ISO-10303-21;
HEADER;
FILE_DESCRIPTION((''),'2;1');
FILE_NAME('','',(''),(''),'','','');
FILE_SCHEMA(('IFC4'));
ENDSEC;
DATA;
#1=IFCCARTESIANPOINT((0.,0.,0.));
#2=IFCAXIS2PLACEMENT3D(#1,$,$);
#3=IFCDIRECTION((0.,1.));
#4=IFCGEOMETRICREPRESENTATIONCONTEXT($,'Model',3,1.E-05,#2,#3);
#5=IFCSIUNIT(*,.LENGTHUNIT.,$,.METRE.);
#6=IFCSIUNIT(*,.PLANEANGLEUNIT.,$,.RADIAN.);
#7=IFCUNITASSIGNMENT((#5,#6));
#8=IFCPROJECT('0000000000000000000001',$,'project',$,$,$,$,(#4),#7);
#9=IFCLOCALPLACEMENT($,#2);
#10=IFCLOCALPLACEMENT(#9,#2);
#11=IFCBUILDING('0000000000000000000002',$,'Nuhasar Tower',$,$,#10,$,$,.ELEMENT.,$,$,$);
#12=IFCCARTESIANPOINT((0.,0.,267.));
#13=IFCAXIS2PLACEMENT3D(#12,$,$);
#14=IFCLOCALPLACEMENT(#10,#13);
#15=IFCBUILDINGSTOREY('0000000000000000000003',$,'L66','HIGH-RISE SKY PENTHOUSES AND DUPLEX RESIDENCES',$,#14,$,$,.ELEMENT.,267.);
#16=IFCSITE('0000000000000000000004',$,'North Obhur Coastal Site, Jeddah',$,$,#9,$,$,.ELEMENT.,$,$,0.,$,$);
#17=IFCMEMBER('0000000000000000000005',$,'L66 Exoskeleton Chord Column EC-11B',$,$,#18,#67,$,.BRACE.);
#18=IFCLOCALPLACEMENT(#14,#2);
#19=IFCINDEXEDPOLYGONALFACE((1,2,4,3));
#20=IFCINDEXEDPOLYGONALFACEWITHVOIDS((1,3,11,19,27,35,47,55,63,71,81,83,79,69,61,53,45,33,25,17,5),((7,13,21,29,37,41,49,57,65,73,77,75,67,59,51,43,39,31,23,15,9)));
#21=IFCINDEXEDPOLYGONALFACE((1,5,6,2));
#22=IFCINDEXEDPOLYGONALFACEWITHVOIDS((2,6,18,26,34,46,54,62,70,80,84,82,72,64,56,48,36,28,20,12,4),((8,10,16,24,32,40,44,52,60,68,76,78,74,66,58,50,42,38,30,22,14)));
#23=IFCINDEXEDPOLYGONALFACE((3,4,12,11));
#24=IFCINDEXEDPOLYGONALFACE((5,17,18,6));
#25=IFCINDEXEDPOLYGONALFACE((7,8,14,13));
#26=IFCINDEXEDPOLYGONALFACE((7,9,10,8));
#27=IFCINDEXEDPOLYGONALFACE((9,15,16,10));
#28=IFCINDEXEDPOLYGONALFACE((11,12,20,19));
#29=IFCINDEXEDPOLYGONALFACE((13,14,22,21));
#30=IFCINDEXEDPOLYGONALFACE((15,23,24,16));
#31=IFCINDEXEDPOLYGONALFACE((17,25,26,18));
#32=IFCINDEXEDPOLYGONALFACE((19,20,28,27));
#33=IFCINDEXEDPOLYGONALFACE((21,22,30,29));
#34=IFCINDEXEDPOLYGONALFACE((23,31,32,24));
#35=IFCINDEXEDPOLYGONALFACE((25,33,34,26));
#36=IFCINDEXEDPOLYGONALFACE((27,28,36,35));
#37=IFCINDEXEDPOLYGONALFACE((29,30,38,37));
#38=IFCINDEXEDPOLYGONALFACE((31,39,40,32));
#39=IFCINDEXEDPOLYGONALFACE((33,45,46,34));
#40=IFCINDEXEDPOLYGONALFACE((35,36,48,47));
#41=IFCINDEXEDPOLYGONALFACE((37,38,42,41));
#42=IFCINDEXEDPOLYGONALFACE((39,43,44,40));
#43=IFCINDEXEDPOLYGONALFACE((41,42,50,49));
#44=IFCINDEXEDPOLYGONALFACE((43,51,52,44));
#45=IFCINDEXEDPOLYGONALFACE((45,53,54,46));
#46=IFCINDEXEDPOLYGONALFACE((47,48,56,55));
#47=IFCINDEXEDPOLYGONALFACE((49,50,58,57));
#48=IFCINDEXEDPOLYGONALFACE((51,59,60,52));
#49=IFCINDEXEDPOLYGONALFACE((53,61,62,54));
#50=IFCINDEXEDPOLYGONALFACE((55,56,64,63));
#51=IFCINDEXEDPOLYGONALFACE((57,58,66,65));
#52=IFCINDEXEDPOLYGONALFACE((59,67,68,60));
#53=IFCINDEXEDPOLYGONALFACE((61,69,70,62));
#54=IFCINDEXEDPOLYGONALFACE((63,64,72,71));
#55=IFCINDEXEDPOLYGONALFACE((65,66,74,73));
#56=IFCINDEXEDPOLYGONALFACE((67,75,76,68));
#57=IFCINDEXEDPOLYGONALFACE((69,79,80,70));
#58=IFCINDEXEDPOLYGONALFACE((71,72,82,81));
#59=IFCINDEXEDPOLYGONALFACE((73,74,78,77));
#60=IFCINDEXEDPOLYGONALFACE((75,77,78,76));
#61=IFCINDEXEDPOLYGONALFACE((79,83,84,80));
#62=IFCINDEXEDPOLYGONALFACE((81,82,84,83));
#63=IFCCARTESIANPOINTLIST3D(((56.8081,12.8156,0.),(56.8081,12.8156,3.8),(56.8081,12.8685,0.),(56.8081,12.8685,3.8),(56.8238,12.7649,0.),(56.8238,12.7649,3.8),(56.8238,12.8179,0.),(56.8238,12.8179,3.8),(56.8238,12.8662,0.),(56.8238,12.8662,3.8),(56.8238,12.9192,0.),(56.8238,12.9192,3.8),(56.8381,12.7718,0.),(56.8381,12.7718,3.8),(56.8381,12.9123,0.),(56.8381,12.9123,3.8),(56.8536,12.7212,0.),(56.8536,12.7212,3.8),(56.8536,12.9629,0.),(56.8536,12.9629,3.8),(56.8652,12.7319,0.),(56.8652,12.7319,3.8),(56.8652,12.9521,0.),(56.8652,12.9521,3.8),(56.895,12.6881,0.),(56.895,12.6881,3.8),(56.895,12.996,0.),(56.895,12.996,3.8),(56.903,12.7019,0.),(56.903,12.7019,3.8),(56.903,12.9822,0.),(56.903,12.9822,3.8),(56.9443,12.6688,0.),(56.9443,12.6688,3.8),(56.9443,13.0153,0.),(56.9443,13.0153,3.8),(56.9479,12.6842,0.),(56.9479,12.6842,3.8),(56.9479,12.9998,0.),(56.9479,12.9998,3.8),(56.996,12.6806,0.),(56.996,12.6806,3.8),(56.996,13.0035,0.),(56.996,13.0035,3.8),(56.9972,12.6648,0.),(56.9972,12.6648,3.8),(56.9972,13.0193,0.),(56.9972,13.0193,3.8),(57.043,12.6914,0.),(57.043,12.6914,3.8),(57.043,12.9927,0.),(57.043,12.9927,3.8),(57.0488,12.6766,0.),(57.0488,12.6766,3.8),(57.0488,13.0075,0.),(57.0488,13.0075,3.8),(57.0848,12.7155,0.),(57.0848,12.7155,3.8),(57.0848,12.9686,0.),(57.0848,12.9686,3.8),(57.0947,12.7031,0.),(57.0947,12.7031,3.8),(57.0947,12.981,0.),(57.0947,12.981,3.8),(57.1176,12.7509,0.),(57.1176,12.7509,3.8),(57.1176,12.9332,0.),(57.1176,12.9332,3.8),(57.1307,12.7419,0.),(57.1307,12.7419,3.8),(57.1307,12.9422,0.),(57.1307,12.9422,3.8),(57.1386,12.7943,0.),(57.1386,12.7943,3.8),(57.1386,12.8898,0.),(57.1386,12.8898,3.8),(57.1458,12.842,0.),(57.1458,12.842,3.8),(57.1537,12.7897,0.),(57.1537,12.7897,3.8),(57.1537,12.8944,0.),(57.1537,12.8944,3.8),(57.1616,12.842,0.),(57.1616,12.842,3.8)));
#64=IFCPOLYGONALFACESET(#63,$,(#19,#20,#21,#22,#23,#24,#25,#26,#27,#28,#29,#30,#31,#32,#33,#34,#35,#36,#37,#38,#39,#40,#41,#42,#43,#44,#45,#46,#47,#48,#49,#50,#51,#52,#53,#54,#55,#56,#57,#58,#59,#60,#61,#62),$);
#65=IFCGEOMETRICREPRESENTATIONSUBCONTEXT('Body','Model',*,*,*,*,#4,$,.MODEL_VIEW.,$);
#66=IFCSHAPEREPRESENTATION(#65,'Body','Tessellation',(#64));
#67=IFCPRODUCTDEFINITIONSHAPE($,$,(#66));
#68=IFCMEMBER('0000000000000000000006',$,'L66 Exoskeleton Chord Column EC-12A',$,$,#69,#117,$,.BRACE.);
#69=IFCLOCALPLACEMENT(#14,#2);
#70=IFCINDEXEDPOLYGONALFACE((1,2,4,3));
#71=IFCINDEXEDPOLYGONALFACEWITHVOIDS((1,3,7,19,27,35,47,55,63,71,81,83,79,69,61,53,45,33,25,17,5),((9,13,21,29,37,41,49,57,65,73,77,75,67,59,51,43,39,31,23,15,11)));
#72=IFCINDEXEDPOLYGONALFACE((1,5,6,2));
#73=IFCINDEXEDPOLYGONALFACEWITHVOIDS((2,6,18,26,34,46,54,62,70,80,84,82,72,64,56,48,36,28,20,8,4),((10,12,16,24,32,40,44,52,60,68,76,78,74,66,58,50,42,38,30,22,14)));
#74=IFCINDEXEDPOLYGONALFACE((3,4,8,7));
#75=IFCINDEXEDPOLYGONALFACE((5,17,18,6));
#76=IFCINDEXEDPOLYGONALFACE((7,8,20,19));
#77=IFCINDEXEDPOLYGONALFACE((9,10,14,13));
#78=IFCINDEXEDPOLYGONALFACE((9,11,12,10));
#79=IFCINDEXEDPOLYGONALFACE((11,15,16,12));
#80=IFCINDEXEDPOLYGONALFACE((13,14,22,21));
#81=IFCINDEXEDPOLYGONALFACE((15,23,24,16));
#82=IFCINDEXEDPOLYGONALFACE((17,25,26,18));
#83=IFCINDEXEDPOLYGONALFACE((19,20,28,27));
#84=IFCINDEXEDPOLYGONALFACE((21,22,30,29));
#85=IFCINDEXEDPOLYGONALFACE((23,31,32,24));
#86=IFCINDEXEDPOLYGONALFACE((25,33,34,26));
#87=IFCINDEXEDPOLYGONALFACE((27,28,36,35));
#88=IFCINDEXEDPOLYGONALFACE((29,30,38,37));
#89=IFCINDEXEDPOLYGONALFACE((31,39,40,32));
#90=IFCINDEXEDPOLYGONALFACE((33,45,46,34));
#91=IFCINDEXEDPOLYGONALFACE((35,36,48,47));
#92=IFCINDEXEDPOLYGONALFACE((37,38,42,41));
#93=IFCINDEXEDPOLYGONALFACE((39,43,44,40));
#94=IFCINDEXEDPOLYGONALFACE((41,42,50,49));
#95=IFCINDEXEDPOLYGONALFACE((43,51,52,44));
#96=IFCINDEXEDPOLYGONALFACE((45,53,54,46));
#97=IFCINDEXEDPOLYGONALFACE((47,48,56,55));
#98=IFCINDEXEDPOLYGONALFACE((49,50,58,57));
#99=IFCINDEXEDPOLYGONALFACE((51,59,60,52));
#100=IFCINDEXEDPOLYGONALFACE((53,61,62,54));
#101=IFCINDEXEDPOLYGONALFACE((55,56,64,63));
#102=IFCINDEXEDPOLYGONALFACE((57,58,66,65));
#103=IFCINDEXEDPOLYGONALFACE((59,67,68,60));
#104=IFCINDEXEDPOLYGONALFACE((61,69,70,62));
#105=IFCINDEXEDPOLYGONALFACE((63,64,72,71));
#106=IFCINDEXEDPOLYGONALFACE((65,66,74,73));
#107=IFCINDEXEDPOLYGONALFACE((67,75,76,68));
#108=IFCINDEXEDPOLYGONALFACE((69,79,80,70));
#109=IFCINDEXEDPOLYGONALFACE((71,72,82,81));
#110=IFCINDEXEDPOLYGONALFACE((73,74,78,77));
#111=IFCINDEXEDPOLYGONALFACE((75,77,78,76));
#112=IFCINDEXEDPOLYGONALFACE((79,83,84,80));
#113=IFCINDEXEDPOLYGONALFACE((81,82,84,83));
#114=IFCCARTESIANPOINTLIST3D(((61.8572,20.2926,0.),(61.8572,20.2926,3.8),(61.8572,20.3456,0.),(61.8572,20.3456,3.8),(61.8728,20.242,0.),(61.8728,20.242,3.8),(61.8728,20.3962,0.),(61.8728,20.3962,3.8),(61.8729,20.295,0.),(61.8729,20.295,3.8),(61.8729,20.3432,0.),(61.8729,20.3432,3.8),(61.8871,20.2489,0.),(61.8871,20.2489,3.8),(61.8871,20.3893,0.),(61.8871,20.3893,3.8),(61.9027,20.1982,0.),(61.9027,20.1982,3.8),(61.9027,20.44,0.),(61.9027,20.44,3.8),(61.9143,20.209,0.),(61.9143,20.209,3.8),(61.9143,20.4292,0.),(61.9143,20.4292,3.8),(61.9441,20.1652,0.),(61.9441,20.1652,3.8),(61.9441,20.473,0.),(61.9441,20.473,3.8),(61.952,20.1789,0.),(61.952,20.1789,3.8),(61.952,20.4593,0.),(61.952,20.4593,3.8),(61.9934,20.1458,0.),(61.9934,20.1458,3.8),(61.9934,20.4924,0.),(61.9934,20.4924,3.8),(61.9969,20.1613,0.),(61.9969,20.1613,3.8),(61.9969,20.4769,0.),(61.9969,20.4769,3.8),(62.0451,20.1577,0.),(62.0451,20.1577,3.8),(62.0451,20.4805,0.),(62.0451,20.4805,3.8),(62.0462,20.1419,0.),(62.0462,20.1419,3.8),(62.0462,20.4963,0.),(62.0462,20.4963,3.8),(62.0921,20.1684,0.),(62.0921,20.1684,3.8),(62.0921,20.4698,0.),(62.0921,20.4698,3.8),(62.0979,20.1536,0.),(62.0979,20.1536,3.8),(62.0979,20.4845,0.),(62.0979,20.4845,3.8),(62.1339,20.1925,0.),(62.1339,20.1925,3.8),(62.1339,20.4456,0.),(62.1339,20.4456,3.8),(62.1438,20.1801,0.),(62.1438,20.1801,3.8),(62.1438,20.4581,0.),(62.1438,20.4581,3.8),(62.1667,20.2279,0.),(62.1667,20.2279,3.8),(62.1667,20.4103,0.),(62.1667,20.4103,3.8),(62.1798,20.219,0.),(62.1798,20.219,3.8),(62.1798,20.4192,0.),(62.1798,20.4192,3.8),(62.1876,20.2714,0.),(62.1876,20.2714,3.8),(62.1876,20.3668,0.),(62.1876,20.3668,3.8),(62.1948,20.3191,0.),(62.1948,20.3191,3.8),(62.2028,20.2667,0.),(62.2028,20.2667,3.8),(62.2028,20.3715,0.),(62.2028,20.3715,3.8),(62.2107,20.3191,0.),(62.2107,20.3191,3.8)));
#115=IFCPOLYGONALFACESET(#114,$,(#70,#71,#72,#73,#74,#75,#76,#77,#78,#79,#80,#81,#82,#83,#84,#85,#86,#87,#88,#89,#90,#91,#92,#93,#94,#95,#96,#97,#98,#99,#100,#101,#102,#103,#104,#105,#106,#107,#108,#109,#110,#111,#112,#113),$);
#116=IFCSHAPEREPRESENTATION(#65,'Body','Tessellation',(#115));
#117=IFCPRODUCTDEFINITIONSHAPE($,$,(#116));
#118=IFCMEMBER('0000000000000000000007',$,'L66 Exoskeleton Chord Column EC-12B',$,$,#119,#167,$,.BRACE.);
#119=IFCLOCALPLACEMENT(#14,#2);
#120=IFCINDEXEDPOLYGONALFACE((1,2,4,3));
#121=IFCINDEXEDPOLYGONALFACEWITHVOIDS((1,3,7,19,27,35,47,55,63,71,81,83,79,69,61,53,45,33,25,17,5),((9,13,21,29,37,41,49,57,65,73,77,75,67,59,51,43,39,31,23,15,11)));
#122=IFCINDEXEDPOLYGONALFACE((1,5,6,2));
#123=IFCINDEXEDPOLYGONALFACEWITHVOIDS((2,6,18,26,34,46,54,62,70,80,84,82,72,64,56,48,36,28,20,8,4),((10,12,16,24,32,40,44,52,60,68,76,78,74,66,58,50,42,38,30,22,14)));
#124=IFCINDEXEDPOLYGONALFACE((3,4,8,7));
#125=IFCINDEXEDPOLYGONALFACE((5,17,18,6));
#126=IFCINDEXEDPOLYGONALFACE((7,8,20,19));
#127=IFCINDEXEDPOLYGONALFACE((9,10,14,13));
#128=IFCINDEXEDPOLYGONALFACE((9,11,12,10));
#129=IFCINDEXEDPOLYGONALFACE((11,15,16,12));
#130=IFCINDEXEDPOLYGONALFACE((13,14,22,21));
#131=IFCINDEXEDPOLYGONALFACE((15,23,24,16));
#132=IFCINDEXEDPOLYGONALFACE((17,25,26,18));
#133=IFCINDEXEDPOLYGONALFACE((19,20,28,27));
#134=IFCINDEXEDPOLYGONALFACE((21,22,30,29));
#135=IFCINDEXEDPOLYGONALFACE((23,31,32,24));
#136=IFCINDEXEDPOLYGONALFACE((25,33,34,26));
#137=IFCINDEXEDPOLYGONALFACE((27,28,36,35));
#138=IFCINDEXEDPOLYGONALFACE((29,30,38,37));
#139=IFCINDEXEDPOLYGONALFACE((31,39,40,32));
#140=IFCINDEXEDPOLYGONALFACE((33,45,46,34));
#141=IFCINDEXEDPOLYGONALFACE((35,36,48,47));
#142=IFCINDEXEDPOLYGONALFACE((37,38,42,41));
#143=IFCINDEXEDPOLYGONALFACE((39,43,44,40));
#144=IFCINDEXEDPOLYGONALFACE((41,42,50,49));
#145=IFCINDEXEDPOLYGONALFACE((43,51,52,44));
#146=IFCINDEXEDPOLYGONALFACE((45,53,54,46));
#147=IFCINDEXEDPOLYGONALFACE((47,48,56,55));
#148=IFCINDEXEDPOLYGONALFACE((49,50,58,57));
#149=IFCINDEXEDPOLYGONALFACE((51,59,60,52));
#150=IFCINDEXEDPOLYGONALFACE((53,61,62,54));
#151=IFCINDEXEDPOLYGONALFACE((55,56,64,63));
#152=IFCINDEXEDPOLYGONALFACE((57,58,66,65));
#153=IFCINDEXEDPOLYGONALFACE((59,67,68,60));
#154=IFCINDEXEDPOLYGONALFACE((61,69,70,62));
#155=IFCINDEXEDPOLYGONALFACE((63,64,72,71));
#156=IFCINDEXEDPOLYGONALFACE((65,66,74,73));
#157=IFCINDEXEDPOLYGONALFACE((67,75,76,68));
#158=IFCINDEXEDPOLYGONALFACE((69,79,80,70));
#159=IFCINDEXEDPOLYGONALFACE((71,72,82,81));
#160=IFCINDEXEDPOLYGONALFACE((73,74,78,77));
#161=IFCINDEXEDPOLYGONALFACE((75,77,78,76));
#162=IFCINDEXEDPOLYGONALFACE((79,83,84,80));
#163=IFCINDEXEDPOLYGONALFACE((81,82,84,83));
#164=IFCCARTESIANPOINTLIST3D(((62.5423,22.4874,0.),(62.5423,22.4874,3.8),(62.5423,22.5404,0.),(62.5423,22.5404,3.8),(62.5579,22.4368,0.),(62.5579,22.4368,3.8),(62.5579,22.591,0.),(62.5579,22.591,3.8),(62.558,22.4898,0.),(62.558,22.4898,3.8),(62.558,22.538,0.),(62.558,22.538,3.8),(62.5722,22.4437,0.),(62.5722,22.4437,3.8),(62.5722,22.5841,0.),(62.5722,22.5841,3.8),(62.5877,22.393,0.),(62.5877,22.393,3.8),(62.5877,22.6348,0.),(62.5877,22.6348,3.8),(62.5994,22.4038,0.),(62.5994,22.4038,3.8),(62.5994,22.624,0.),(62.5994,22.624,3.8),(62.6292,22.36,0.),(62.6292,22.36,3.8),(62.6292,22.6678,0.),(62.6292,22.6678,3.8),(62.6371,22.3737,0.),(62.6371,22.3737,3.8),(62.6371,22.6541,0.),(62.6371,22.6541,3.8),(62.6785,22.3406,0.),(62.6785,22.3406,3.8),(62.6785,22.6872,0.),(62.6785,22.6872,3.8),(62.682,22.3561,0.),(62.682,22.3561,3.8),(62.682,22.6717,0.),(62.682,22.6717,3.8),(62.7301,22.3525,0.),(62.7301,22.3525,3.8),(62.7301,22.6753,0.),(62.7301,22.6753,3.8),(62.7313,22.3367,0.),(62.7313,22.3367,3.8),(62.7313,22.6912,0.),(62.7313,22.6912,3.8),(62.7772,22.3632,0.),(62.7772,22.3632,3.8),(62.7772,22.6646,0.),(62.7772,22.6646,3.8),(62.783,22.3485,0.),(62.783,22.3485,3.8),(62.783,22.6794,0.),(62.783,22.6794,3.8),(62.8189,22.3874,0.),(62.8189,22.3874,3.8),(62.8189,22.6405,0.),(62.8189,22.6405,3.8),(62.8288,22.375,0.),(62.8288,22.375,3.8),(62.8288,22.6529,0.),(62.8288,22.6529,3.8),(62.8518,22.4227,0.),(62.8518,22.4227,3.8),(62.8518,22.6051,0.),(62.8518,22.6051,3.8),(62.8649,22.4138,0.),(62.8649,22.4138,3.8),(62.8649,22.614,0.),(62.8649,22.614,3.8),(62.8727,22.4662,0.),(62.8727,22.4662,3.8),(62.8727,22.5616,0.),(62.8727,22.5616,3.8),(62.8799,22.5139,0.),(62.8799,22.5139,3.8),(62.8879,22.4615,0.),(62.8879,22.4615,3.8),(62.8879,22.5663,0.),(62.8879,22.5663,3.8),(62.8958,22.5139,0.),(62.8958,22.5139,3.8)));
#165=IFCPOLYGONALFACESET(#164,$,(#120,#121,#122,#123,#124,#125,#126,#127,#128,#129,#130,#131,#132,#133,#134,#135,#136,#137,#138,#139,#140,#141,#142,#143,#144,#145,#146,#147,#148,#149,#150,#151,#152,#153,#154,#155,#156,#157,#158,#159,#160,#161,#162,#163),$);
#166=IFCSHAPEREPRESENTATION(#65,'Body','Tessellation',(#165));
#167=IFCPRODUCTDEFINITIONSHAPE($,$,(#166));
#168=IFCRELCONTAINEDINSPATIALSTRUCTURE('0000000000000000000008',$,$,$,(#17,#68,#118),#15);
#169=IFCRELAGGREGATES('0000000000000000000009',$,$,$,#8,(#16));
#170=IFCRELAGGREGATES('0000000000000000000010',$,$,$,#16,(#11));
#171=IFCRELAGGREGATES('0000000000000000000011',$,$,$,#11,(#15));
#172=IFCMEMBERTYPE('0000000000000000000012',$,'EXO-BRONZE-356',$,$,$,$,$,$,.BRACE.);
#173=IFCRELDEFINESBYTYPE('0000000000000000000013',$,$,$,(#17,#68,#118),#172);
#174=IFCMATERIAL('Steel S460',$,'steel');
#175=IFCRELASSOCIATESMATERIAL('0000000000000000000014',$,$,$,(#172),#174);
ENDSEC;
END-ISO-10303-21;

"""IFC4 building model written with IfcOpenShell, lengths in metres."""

from ifc_helpers import new_model, si_unit, direction, frame, origin, origin_2d, place, context, subcontext, project, spatial, hollow_circle, extrude, material, material_profile, profile_set, type_object, element, save


model = new_model("IFC4")

# Units and contexts
model_context = context("Model", 3, precision=1e-05, world=origin(), true_north=direction((0.0, 1.0)))
body_context = subcontext(model_context, "Body", "Model", "MODEL_VIEW")
ifc_project = project(units=[si_unit("LENGTHUNIT", "METRE"), si_unit("PLANEANGLEUNIT", "RADIAN")], contexts=[model_context])

# Site, building, storey
site_placement = place(None, origin())
site = spatial("IfcSite", under=ifc_project, at=site_placement, Name="North Obhur Coastal Site, Jeddah", CompositionType="ELEMENT", RefElevation=0.0)
building_placement = place(site_placement, origin())
building = spatial("IfcBuilding", under=site, at=building_placement, Name="Nuhasar Tower", CompositionType="ELEMENT")
storey_placement = place(building_placement, frame((0.0, 0.0, 267.0)))
storey = spatial("IfcBuildingStorey", under=building, at=storey_placement, Name="L66", Description="HIGH-RISE SKY PENTHOUSES AND DUPLEX RESIDENCES", CompositionType="ELEMENT", Elevation=267.0)

# Members
ifc_material_1 = material(Name="Steel S460", Category="steel")
ifc_material_profile_1 = material_profile(ifc_material_1, hollow_circle(Radius=0.1777, WallThickness=0.0159, at=origin_2d()), Name="HSS355.6X15.9")
ifc_profile_set_1 = profile_set([ifc_material_profile_1], Name="Steel S460")
member_type_1 = type_object("IfcMemberType", Name="EXO-BRONZE-356", PredefinedType="BRACE", material=ifc_profile_set_1)
for number, where, z_axis, x_axis, name in (
    (1, (56.9839, 12.842, 0.0), (0.0, 0.0, 1.0), (1.0, 0.0, 0.0), "L66 Exoskeleton Chord Column EC-11B"),
    (2, (62.033, 20.3191, 0.0), (0.0, 0.0, 1.0), (1.0, 0.0, 0.0), "L66 Exoskeleton Chord Column EC-12A"),
    (3, (62.718, 22.5139, 0.0), (0.0, 0.0, 1.0), (1.0, 0.0, 0.0), "L66 Exoskeleton Chord Column EC-12B"),
):
    element("IfcMember", number, at=place(storey_placement, frame(where, z_axis=z_axis, x_axis=x_axis)), inside=storey, type_object=member_type_1, Name=name, PredefinedType="BRACE", context=body_context, shape_type="SweptSolid", body=[
        extrude(hollow_circle(Radius=0.1777, WallThickness=0.0159, at=origin_2d()), origin(), (0.0, 0.0, 1.0), 3.8),
    ])

save(model, "model.ifc")
